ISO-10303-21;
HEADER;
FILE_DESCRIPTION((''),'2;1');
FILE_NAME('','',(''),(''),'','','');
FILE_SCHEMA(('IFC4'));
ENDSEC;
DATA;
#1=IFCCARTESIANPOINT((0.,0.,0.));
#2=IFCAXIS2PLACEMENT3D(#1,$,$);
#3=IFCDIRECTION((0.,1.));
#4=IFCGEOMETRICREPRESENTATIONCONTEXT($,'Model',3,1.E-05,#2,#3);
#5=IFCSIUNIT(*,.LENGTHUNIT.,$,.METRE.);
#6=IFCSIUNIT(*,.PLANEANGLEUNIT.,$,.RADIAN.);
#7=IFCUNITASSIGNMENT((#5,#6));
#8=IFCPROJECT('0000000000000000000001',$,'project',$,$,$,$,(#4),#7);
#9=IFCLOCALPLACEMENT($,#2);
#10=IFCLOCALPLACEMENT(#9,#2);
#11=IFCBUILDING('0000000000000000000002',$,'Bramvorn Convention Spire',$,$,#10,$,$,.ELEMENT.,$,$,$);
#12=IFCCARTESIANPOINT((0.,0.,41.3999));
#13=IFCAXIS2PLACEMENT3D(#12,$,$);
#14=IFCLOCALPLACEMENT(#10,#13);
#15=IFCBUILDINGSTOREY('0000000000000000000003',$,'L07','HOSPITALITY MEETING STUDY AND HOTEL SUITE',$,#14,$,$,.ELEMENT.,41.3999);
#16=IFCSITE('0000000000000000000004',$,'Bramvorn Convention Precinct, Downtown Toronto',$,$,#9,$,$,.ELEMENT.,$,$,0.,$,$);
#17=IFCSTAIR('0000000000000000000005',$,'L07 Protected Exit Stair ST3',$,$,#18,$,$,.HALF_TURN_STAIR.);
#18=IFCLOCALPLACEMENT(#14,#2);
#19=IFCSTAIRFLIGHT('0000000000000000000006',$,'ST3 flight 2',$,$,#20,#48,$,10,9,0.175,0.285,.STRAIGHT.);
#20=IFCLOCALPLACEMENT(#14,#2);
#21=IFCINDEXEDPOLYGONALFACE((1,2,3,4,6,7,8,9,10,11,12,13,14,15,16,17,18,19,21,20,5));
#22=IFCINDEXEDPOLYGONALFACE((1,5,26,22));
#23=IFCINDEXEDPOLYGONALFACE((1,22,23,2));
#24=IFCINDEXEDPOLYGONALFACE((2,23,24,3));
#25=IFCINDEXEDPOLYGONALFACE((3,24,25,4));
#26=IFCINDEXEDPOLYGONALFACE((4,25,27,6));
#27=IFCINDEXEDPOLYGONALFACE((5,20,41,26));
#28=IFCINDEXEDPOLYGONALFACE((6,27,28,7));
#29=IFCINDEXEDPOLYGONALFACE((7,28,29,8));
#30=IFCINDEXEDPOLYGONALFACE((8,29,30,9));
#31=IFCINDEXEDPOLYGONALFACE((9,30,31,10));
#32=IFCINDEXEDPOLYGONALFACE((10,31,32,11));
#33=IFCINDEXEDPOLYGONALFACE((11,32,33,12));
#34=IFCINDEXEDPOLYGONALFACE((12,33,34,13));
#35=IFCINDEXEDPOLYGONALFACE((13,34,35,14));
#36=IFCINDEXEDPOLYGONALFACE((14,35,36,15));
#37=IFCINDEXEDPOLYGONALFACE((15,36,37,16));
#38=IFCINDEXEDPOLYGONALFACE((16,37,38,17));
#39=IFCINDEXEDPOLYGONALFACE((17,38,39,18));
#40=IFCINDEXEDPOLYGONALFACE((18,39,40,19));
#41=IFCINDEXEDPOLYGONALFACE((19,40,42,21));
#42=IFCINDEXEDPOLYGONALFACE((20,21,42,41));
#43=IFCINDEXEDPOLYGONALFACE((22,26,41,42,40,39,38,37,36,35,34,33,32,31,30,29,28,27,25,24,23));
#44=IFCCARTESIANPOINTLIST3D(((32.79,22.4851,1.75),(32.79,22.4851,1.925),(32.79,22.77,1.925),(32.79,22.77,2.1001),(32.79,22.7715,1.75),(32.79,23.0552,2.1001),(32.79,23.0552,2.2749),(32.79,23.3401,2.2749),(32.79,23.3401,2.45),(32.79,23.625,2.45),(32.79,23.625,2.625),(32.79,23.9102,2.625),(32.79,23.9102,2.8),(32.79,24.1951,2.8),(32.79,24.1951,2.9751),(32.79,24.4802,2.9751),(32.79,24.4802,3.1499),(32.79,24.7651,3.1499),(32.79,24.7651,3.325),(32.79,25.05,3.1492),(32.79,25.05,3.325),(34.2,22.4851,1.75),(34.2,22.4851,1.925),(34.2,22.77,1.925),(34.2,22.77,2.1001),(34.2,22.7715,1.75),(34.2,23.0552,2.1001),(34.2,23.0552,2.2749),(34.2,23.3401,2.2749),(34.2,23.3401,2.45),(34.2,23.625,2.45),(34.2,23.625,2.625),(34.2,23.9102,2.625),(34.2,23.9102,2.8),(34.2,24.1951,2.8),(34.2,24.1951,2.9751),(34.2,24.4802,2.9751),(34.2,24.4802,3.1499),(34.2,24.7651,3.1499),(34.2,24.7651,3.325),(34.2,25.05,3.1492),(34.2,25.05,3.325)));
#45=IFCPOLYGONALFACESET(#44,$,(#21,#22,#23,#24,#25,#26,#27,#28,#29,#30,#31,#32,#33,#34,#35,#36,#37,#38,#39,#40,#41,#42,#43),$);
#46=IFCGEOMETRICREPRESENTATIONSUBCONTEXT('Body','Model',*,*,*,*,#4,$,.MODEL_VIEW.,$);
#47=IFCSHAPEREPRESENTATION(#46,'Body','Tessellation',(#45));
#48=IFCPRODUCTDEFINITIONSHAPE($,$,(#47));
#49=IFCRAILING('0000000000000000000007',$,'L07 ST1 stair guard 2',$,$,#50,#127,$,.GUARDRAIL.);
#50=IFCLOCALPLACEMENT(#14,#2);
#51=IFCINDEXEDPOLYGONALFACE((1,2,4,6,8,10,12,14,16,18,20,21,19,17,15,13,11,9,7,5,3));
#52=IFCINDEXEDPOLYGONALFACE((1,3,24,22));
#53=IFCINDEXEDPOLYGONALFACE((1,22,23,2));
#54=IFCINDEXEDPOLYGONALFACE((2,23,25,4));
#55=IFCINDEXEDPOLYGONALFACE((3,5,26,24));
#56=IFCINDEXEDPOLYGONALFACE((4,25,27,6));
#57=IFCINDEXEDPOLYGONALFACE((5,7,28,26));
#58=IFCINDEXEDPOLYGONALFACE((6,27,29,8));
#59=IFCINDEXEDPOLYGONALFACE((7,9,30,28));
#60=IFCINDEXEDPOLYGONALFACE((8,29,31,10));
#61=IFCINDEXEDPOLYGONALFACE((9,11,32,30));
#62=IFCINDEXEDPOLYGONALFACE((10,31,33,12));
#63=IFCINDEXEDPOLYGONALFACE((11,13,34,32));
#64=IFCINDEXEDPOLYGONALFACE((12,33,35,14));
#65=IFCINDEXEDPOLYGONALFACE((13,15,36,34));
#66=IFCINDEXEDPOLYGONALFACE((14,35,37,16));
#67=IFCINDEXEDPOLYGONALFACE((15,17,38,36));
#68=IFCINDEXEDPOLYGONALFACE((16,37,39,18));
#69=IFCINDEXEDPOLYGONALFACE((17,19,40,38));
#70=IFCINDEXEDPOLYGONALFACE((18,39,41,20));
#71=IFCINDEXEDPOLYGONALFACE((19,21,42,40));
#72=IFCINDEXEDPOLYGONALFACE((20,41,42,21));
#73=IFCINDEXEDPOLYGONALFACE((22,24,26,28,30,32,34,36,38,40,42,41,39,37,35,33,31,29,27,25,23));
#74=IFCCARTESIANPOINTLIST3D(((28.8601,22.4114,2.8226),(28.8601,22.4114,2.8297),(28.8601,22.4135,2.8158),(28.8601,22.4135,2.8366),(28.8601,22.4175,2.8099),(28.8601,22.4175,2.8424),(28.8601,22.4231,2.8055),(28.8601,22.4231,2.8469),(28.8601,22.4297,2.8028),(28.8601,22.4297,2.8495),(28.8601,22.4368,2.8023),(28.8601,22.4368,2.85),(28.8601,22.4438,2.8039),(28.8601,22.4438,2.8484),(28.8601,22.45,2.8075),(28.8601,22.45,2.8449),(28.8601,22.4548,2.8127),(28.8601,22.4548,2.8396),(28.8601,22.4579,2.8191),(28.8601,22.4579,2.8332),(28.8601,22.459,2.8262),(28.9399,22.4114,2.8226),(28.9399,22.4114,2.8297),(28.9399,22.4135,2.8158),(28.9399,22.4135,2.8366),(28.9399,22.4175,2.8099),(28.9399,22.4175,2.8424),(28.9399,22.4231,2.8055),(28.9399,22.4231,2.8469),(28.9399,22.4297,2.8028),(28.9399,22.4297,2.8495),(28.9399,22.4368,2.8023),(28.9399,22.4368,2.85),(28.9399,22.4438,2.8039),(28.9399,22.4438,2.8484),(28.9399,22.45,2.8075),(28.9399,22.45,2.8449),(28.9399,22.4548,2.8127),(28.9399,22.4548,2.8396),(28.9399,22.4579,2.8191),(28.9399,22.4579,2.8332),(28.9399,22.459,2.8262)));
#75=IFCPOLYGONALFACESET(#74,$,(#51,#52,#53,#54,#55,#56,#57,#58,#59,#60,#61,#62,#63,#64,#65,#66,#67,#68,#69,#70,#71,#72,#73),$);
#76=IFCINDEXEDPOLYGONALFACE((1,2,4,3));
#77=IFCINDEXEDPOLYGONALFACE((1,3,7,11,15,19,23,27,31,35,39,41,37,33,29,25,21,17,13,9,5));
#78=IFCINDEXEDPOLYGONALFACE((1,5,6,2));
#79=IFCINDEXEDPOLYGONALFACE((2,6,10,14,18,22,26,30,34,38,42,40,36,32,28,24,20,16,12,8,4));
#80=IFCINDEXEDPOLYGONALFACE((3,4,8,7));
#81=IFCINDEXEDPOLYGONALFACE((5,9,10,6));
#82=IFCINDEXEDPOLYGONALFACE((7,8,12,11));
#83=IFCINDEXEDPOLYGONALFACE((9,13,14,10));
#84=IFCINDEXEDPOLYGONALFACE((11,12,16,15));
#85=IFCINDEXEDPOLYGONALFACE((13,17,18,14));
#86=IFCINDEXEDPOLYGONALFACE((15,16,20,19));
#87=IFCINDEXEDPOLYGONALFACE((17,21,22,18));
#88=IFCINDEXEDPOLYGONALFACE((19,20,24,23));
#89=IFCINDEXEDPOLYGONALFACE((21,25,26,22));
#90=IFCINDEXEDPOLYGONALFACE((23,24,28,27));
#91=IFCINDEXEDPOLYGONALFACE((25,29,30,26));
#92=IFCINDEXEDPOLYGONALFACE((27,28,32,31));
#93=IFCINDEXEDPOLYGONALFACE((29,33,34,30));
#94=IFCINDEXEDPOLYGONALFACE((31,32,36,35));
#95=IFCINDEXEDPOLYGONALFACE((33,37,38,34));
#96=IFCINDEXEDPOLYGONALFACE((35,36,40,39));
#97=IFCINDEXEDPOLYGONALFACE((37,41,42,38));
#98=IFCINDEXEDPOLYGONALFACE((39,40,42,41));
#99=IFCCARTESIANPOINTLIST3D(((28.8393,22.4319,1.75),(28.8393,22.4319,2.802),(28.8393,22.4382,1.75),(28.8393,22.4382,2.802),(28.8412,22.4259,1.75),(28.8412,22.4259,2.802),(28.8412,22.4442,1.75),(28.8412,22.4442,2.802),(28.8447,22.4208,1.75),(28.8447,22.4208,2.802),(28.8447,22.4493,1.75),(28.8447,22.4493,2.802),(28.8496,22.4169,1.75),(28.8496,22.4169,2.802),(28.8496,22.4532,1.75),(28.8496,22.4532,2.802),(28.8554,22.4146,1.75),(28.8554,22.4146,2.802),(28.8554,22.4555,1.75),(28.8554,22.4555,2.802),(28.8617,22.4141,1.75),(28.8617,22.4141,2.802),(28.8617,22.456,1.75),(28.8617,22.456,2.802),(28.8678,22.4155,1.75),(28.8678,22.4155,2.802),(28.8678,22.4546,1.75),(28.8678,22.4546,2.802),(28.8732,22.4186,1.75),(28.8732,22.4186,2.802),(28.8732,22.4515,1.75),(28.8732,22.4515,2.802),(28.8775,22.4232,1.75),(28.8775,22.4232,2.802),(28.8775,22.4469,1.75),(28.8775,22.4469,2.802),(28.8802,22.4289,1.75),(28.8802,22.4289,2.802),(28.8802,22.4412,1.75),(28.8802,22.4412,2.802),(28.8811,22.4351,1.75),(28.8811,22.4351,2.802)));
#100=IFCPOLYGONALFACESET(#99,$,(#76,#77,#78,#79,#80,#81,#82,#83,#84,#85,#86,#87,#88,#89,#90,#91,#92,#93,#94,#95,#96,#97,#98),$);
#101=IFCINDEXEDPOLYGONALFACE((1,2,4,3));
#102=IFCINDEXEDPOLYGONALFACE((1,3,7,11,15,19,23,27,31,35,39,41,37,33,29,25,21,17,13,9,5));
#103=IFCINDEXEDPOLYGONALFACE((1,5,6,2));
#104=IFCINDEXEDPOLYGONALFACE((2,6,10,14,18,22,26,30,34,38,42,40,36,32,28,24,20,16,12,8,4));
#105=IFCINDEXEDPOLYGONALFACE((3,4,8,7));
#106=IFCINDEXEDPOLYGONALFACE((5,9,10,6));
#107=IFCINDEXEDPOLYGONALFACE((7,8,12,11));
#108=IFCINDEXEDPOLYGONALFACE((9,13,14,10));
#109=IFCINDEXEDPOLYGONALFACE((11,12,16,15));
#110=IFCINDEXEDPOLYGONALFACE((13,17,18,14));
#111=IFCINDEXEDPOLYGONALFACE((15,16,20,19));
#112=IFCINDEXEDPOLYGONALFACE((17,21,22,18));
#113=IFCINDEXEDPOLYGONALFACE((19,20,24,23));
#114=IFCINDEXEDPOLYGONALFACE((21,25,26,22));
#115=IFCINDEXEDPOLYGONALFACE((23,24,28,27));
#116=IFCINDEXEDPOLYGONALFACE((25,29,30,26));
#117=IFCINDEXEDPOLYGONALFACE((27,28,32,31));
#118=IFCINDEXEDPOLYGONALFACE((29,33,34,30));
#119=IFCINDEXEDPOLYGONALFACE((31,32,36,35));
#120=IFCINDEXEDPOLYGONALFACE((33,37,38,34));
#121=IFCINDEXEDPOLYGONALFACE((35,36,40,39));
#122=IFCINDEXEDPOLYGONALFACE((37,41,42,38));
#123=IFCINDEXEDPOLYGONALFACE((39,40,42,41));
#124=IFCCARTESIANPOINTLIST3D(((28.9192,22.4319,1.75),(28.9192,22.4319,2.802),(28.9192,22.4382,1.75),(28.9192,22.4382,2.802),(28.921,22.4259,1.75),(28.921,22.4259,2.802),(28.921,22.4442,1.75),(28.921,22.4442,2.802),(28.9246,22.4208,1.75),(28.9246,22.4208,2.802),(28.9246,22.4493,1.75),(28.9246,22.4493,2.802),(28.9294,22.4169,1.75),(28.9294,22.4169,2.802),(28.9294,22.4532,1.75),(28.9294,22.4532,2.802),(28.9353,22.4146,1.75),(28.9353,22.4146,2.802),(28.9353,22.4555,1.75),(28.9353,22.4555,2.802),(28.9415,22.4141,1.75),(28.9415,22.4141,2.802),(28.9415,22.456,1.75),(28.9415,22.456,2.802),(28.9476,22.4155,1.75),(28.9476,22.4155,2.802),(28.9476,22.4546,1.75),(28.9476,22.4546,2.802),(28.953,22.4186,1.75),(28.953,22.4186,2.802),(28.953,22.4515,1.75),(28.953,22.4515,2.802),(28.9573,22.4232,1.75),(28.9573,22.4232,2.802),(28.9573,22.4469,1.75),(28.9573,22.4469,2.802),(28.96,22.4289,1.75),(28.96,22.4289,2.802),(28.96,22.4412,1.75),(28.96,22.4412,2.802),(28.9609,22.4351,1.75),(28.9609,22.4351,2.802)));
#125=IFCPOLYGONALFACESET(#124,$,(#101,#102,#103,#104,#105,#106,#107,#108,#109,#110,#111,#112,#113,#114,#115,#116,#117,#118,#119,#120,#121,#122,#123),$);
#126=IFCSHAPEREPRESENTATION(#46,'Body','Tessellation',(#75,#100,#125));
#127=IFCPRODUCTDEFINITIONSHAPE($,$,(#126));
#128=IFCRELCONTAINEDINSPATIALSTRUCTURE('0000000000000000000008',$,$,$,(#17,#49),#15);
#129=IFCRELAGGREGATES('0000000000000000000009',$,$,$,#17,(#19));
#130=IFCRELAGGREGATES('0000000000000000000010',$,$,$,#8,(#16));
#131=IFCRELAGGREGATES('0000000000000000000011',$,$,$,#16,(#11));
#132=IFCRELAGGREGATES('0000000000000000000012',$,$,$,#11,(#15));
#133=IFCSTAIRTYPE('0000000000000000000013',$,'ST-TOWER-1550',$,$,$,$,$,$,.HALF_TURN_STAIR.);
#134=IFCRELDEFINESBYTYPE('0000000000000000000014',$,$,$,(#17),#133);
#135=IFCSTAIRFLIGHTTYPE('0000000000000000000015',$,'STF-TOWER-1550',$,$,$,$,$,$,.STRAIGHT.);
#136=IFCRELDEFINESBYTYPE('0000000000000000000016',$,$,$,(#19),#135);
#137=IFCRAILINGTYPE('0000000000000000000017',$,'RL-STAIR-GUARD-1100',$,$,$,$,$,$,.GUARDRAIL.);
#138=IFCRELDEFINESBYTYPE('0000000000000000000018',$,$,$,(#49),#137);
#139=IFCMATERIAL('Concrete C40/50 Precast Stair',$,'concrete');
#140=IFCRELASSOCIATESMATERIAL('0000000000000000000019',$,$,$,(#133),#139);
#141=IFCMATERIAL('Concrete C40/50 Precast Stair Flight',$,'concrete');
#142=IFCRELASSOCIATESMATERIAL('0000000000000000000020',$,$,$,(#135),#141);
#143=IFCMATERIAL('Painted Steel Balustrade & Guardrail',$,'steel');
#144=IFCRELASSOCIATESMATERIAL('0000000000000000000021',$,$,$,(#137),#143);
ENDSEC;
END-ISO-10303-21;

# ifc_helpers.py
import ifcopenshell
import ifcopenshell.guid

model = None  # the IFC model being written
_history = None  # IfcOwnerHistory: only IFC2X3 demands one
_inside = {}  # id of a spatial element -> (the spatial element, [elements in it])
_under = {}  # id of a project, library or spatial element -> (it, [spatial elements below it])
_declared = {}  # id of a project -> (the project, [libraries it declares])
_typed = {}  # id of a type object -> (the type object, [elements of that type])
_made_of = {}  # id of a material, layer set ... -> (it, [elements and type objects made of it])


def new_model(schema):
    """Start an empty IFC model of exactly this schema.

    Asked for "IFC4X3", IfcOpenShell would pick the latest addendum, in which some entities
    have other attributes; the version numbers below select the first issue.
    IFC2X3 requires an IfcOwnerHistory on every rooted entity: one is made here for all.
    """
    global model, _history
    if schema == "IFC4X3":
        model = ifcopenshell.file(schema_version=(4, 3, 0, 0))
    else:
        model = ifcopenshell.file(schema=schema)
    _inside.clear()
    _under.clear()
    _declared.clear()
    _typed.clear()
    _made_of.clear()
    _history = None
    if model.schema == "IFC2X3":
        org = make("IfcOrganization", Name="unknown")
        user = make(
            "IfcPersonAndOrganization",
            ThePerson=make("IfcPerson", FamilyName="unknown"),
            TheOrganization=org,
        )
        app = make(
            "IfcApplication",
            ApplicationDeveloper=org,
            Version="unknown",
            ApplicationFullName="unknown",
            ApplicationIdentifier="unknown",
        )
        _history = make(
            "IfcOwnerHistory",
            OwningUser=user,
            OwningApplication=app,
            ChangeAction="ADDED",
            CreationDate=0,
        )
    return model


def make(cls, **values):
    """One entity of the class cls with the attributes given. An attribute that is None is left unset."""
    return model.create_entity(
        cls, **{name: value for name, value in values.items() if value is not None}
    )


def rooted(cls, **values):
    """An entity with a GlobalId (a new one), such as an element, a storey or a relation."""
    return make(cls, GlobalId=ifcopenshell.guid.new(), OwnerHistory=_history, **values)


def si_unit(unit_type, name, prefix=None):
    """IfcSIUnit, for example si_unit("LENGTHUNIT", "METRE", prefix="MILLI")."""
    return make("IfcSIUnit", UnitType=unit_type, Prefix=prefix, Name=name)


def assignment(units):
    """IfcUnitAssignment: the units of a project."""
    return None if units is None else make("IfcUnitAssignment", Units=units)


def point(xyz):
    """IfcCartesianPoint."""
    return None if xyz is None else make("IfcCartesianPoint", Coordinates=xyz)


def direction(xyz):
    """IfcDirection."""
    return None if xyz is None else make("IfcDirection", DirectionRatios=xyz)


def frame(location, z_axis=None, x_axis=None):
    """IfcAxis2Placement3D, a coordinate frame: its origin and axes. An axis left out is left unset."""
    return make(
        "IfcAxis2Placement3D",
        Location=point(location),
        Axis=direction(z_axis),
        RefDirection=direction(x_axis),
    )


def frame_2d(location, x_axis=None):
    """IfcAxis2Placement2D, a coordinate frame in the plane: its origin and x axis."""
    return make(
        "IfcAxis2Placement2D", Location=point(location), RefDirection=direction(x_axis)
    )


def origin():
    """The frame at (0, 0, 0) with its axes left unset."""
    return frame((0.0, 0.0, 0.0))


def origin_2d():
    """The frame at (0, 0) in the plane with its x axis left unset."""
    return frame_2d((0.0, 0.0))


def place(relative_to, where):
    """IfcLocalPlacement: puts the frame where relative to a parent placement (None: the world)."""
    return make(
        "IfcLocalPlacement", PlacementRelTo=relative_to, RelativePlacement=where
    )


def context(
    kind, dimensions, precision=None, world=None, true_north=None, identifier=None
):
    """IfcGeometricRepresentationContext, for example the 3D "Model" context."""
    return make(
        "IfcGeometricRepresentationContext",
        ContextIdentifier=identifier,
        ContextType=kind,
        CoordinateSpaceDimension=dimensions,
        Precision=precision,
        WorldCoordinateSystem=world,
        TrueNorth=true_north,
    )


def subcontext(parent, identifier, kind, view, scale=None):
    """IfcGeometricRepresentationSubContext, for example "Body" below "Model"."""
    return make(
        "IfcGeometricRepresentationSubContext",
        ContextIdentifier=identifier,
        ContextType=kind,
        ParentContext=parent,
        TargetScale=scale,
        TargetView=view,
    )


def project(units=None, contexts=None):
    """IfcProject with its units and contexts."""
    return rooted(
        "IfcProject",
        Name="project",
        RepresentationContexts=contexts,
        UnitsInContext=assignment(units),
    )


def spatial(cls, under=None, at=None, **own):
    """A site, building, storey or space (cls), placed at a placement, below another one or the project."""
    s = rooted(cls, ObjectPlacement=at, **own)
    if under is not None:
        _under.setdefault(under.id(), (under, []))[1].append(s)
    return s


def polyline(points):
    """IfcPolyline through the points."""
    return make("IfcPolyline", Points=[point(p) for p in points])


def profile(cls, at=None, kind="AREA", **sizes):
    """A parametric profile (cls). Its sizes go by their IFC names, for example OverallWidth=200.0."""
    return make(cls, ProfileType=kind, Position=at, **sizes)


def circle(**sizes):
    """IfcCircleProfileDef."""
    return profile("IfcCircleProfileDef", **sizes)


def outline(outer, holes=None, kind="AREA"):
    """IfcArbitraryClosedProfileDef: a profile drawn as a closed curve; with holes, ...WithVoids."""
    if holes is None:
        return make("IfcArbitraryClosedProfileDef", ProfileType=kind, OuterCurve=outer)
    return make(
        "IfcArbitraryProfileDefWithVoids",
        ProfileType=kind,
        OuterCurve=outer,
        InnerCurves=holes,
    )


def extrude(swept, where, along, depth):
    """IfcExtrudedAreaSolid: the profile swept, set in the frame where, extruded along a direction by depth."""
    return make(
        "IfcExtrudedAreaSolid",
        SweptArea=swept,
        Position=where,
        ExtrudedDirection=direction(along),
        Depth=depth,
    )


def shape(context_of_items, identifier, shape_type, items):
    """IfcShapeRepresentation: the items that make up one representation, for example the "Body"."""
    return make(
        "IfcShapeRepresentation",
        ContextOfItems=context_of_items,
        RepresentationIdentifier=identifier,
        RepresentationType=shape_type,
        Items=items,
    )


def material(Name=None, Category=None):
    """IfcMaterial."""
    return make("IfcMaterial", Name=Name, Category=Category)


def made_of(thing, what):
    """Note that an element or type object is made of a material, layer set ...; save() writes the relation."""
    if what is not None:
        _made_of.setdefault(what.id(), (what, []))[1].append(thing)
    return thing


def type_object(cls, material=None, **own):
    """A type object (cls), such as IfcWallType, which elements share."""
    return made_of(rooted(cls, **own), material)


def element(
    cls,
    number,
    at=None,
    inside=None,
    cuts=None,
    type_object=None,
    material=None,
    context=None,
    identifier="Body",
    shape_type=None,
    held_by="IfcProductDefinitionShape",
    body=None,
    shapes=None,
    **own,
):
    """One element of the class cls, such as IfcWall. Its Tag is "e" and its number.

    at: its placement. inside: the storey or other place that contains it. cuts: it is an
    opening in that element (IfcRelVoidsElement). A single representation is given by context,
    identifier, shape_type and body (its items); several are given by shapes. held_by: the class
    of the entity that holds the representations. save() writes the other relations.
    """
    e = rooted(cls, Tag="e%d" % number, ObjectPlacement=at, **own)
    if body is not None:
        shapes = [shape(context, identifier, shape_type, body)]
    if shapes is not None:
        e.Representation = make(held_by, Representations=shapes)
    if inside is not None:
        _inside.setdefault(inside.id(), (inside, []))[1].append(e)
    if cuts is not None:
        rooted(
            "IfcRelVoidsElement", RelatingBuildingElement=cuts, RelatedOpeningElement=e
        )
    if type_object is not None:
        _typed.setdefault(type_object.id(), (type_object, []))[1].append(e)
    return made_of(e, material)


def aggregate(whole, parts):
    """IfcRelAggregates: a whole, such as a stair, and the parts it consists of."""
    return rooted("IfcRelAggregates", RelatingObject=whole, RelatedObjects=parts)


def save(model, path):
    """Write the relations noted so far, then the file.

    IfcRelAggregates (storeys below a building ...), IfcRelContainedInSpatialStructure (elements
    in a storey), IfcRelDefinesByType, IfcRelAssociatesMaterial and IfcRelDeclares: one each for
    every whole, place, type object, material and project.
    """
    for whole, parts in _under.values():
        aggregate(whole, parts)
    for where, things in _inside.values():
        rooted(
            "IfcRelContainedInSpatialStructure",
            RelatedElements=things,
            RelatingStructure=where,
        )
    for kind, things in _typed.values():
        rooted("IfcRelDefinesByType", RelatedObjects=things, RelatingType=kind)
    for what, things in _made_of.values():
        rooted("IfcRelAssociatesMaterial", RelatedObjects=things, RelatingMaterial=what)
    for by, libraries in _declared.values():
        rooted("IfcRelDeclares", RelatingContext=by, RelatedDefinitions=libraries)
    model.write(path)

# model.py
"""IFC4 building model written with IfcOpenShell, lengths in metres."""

from ifc_helpers import new_model, si_unit, direction, frame, origin, origin_2d, place, context, subcontext, project, spatial, polyline, circle, outline, extrude, material, type_object, element, aggregate, save


model = new_model("IFC4")

# Units and contexts
model_context = context("Model", 3, precision=1e-05, world=origin(), true_north=direction((0.0, 1.0)))
body_context = subcontext(model_context, "Body", "Model", "MODEL_VIEW")
ifc_project = project(units=[si_unit("LENGTHUNIT", "METRE"), si_unit("PLANEANGLEUNIT", "RADIAN")], contexts=[model_context])

# Site, building, storey
site_placement = place(None, origin())
site = spatial("IfcSite", under=ifc_project, at=site_placement, Name="Bramvorn Convention Precinct, Downtown Toronto", CompositionType="ELEMENT", RefElevation=0.0)
building_placement = place(site_placement, origin())
building = spatial("IfcBuilding", under=site, at=building_placement, Name="Bramvorn Convention Spire", CompositionType="ELEMENT")
storey_placement = place(building_placement, frame((0.0, 0.0, 41.3999)))
storey = spatial("IfcBuildingStorey", under=building, at=storey_placement, Name="L07", Description="HOSPITALITY MEETING STUDY AND HOTEL SUITE", CompositionType="ELEMENT", Elevation=41.3999)

# Stair, stair flight
ifc_material_1 = material(Name="Concrete C40/50 Precast Stair", Category="concrete")
stair_type = type_object("IfcStairType", Name="ST-TOWER-1550", PredefinedType="HALF_TURN_STAIR", material=ifc_material_1)
ifc_material_2 = material(Name="Concrete C40/50 Precast Stair Flight", Category="concrete")
stair_flight_type = type_object("IfcStairFlightType", Name="STF-TOWER-1550", PredefinedType="STRAIGHT", material=ifc_material_2)
stair_1_placement = place(storey_placement, origin())
stair_1 = element("IfcStair", 1, at=stair_1_placement, inside=storey, type_object=stair_type, Name="L07 Protected Exit Stair ST3", PredefinedType="HALF_TURN_STAIR")
stair_flight_1_placement = place(storey_placement, frame((33.4951, 22.4851, 1.75), z_axis=(0.0, 0.0, 1.0), x_axis=(0.0, 1.0, 0.0)))
stair_flight_1 = element("IfcStairFlight", 2, at=stair_flight_1_placement, type_object=stair_flight_type, Name="ST3 flight 2", NumberOfRisers=10, NumberOfTreads=9, PredefinedType="STRAIGHT", RiserHeight=0.175, TreadLength=0.285, context=body_context, shape_type="SweptSolid", body=[
    extrude(outline(polyline([(0.0, 0.0), (0.0, 0.175), (0.2849, 0.175), (0.2849, 0.3501), (0.5701, 0.3501), (0.5701, 0.5249), (0.855, 0.5249), (0.855, 0.7), (1.1399, 0.7), (1.1399, 0.875), (1.425, 0.875), (1.425, 1.05), (1.71, 1.05), (1.71, 1.2251), (1.9951, 1.2251), (1.9951, 1.3999), (2.28, 1.3999), (2.28, 1.575), (2.5649, 1.575), (2.5649, 1.75), (2.5649, 1.3992), (0.2864, 0.0), (0.0, 0.0)])), frame((0.0, 0.7051, 0.0), z_axis=(0.0, -1.0, 0.0), x_axis=(1.0, 0.0, 0.0)), (0.0, 0.0, 1.0), 1.4099),
])
aggregate(stair_1, [stair_flight_1])

# Railing
ifc_material_3 = material(Name="Painted Steel Balustrade & Guardrail", Category="steel")
railing_type_1 = type_object("IfcRailingType", Name="RL-STAIR-GUARD-1100", PredefinedType="GUARDRAIL", material=ifc_material_3)
railing_1_placement = place(storey_placement, frame((28.8601, 22.4351, 1.75)))
element("IfcRailing", 3, at=railing_1_placement, inside=storey, type_object=railing_type_1, Name="L07 ST1 stair guard 2", PredefinedType="GUARDRAIL", context=body_context, shape_type="SweptSolid", body=[
    extrude(circle(Radius=0.0239, at=origin_2d()), frame((0.0, 0.0, 1.0762), z_axis=(1.0, 0.0, 0.0), x_axis=(0.0, 1.0, 0.0)), (0.0, 0.0, 1.0), 0.0798),
    extrude(circle(Radius=0.021, at=origin_2d()), origin(), (0.0, 0.0, 1.0), 1.052),
    extrude(circle(Radius=0.021, at=origin_2d()), frame((0.0798, 0.0, 0.0)), (0.0, 0.0, 1.0), 1.052),
])

save(model, "model.ifc")
